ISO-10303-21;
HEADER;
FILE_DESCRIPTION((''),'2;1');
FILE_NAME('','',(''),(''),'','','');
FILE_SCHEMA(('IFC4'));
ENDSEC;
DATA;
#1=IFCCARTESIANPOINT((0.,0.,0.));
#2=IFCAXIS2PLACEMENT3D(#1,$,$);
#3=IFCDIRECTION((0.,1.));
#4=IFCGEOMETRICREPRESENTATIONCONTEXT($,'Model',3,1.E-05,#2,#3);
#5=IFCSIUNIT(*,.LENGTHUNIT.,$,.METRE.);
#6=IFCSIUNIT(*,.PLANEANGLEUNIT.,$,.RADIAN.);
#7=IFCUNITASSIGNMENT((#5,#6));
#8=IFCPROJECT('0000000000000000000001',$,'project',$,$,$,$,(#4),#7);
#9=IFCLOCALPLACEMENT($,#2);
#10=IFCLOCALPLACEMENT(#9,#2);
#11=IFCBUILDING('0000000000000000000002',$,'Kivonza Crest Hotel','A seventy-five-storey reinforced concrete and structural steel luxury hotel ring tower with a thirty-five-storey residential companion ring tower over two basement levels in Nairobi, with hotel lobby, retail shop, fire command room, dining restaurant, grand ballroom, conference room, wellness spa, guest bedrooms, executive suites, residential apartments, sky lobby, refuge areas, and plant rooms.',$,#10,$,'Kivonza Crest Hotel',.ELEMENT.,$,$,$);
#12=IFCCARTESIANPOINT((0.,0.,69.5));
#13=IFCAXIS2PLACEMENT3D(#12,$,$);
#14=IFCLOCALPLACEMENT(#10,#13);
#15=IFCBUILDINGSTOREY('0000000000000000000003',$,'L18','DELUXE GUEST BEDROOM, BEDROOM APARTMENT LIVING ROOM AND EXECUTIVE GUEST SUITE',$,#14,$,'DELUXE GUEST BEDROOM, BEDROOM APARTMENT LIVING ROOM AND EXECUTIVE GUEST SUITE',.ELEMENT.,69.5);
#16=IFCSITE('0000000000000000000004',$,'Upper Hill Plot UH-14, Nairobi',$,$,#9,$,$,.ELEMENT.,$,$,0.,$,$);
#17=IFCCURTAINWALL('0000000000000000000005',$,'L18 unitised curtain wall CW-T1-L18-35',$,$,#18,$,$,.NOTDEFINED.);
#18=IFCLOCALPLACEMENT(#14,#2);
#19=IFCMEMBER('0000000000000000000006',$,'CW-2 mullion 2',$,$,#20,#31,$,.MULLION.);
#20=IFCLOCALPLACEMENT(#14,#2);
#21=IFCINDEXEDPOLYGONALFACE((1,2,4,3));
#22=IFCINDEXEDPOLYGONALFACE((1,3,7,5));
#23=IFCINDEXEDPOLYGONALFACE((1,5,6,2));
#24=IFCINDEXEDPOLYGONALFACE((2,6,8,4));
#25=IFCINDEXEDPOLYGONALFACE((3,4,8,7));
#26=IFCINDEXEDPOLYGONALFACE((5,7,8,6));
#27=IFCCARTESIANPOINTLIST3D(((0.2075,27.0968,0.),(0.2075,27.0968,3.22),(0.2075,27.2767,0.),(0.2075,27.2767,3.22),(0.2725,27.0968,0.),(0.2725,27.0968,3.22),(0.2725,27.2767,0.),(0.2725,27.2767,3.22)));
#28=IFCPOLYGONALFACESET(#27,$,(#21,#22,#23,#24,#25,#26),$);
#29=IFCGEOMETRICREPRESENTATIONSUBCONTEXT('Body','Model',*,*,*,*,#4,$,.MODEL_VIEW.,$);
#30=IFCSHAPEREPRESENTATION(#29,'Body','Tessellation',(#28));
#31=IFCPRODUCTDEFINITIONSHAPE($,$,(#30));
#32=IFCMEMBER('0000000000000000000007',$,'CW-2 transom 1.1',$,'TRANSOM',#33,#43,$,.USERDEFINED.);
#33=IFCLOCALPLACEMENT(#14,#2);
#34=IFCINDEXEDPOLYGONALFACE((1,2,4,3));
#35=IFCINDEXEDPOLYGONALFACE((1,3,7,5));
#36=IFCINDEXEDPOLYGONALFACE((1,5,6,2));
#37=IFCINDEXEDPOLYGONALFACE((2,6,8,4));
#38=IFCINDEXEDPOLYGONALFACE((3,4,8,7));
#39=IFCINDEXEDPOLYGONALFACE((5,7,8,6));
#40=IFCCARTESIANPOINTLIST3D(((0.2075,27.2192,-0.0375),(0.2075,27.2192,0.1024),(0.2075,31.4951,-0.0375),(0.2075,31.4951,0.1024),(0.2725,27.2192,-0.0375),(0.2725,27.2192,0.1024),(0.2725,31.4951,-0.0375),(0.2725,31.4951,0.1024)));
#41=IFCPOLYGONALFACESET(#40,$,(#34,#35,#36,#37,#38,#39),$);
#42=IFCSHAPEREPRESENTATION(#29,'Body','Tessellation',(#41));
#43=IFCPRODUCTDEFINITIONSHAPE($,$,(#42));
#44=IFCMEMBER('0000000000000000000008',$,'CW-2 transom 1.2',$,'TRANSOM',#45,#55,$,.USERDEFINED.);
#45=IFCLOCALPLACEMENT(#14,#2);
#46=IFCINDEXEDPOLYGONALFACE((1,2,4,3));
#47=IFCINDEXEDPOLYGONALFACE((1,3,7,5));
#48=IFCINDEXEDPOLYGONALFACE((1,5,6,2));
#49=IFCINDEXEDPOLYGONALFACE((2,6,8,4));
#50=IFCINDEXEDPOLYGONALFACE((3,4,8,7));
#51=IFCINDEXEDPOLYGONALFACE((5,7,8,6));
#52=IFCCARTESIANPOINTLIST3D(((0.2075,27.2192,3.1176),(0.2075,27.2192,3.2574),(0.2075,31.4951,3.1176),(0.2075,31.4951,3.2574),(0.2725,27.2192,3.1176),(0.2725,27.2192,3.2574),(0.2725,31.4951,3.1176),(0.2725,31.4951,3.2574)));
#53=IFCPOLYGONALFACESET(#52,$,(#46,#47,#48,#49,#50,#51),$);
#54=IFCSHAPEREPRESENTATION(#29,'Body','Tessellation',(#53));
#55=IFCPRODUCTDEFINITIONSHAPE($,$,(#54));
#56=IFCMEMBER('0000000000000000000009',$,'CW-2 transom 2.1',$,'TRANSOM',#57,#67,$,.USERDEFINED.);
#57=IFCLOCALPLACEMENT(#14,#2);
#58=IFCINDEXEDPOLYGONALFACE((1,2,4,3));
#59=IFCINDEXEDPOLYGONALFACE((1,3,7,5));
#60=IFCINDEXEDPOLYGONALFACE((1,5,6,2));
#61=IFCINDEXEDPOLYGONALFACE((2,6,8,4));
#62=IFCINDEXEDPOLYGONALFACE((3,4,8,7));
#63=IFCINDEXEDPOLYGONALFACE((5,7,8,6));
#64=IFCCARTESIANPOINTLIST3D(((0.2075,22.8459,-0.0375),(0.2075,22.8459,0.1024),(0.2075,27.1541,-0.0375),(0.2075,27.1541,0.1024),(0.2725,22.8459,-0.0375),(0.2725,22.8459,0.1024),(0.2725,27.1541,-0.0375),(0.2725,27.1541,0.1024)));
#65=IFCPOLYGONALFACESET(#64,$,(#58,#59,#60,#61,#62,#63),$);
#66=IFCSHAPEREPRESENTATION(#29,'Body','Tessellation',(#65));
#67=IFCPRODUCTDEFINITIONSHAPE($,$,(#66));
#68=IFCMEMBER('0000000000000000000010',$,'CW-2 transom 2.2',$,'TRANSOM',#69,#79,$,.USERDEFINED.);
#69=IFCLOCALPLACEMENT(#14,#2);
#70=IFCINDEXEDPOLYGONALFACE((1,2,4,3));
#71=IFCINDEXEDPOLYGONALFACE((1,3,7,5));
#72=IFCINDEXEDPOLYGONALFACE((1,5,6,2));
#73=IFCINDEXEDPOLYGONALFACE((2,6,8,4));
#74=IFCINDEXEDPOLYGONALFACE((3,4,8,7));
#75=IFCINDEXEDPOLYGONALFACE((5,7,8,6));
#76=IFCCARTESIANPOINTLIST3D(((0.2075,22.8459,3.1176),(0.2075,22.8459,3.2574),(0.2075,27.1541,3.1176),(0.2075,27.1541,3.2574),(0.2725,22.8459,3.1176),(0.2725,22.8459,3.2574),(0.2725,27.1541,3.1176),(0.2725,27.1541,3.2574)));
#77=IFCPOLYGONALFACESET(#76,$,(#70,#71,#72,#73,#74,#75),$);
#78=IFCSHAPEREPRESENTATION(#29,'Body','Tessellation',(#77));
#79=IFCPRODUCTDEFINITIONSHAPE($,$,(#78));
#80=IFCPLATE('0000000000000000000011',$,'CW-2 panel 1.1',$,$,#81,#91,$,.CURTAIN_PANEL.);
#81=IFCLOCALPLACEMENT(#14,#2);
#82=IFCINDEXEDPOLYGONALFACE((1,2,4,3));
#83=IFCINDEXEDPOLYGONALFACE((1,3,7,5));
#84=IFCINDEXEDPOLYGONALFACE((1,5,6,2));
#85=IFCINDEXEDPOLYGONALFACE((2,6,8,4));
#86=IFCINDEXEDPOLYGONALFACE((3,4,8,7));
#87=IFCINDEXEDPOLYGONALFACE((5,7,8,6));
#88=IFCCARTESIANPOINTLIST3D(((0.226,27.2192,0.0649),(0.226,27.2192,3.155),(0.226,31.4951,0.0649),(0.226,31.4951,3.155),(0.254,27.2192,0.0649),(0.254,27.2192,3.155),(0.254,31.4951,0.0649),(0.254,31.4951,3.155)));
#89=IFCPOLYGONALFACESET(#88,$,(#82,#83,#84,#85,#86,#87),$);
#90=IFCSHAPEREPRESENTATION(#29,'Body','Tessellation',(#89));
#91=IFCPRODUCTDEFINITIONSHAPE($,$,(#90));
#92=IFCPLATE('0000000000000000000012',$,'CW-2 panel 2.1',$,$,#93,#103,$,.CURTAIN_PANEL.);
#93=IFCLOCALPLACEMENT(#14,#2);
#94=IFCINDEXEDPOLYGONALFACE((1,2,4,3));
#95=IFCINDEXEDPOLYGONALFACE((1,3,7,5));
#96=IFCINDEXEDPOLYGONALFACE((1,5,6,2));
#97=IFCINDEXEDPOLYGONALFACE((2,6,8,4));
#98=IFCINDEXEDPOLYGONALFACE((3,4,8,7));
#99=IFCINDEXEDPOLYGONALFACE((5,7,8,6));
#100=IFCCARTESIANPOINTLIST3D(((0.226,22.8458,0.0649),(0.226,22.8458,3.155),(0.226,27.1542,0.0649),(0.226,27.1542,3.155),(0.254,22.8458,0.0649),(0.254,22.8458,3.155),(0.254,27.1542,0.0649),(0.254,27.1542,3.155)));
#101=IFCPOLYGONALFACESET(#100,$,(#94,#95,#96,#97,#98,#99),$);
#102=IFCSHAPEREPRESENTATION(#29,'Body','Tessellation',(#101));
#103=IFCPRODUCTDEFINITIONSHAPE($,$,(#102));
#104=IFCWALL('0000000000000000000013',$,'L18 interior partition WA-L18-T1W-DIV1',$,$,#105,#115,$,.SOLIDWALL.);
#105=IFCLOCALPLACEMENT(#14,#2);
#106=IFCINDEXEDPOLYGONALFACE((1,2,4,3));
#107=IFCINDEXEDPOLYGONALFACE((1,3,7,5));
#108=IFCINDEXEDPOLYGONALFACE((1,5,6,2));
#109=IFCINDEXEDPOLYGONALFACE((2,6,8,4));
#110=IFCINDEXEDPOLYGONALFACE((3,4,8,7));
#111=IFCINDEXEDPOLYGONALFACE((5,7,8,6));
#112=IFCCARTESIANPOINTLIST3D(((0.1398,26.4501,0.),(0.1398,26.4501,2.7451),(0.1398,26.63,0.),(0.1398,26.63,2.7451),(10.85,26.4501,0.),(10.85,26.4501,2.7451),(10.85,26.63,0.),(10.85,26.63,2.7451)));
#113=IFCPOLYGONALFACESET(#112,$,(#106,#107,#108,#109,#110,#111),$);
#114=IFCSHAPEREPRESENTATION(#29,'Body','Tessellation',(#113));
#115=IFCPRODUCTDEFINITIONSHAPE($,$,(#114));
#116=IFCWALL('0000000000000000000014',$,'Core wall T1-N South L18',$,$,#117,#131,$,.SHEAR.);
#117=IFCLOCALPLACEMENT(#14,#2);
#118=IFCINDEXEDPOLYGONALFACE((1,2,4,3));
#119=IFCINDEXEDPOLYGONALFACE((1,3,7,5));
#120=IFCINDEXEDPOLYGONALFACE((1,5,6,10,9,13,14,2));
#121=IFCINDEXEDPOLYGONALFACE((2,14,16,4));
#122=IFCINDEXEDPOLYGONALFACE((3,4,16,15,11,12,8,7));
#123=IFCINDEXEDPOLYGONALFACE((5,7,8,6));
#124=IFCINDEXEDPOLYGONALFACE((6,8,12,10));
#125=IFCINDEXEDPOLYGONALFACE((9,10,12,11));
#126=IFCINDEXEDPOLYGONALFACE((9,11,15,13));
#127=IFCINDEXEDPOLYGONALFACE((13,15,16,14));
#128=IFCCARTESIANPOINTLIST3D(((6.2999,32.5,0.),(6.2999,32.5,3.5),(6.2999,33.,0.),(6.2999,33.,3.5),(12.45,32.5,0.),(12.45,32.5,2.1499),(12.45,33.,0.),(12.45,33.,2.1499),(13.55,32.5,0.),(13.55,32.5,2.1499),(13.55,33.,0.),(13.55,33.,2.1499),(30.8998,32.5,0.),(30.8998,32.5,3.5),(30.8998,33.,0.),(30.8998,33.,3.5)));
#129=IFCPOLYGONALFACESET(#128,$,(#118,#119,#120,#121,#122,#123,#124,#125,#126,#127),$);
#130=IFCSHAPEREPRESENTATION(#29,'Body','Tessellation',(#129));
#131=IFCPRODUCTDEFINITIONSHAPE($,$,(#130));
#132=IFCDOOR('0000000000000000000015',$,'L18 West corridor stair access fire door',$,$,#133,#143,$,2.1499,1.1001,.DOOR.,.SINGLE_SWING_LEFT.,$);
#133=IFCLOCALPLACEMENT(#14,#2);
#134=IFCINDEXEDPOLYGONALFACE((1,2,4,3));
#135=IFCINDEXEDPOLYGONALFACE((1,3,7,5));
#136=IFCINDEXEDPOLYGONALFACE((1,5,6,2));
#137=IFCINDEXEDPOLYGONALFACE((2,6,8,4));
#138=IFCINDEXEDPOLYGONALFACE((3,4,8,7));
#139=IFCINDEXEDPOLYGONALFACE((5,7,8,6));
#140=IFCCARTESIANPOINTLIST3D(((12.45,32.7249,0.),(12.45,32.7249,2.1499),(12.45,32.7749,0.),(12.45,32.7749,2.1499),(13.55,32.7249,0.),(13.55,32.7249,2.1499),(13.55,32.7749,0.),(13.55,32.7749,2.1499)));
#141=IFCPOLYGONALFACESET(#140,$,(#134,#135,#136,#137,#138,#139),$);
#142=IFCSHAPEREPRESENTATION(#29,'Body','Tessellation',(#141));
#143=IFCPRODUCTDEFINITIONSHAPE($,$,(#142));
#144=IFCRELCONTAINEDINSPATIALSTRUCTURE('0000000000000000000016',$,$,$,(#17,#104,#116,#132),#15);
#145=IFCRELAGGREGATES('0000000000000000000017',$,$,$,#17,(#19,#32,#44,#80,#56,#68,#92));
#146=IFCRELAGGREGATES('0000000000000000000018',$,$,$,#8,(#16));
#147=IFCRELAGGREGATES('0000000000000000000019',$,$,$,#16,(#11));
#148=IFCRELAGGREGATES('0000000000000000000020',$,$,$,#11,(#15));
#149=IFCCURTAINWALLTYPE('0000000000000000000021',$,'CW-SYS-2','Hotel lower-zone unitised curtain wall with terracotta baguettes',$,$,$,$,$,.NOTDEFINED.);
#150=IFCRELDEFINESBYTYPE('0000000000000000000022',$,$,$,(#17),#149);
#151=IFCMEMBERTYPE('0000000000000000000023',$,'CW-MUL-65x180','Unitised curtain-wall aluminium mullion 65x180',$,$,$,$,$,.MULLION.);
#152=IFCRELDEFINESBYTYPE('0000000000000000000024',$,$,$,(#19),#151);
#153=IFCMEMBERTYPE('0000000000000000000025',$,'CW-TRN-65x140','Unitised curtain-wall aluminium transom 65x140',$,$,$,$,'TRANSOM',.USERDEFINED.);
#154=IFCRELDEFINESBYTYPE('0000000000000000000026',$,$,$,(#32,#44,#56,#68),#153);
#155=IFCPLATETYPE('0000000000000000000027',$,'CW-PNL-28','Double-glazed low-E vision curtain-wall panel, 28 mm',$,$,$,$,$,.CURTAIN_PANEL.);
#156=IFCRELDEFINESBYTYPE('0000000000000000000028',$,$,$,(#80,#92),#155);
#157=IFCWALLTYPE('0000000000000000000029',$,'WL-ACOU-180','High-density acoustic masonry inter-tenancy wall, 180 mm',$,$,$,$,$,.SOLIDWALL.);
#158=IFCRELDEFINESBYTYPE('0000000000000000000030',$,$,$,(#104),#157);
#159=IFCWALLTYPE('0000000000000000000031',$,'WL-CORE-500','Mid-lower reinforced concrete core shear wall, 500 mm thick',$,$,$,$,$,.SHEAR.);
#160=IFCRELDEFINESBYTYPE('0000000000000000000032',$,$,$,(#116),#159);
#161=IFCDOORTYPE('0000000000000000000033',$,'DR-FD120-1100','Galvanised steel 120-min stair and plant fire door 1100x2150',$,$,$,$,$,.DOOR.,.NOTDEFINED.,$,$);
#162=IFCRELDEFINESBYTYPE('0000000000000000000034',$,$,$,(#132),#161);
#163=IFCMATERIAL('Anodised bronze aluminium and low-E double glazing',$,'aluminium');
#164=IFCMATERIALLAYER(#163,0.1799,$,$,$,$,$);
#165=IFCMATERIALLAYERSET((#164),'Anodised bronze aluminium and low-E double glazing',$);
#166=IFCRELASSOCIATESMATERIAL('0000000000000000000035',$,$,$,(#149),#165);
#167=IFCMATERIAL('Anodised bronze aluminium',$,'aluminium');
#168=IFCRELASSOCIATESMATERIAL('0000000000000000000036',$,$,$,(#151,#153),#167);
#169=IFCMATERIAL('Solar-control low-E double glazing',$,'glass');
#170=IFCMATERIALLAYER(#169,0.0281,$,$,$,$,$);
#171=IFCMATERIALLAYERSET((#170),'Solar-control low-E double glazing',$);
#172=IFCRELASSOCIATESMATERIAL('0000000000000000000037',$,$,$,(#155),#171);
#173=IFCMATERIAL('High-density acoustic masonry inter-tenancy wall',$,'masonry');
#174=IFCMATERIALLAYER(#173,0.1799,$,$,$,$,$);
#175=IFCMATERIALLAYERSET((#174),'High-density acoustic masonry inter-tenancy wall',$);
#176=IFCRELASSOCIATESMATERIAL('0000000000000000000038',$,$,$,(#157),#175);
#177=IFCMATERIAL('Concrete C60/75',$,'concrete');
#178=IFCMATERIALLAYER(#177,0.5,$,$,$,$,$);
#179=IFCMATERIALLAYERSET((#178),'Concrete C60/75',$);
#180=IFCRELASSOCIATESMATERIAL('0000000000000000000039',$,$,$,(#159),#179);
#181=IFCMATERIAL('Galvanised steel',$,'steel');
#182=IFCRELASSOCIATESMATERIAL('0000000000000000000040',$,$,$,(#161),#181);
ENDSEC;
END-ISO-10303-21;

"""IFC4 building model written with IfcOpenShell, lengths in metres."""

from ifc_helpers import new_model, si_unit, direction, frame, frame_2d, origin, origin_2d, place, context, subcontext, project, spatial, rectangle, extrude, material, layer, layer_set, material_profile, profile_set, type_object, element, fill, aggregate, save


model = new_model("IFC4")

# Units and contexts
model_context = context("Model", 3, precision=1e-05, world=origin(), true_north=direction((0.0, 1.0)))
body_context = subcontext(model_context, "Body", "Model", "MODEL_VIEW")
ifc_project = project(units=[si_unit("LENGTHUNIT", "METRE"), si_unit("PLANEANGLEUNIT", "RADIAN")], contexts=[model_context])

# Site, building, storey
site_placement = place(None, origin())
site = spatial("IfcSite", under=ifc_project, at=site_placement, Name="Upper Hill Plot UH-14, Nairobi", CompositionType="ELEMENT", RefElevation=0.0)
building_placement = place(site_placement, origin())
building = spatial("IfcBuilding", under=site, at=building_placement, Name="Kivonza Crest Hotel", Description="A seventy-five-storey reinforced concrete and structural steel luxury hotel ring tower with a thirty-five-storey residential companion ring tower over two basement levels in Nairobi, with hotel lobby, retail shop, fire command room, dining restaurant, grand ballroom, conference room, wellness spa, guest bedrooms, executive suites, residential apartments, sky lobby, refuge areas, and plant rooms.", LongName="Kivonza Crest Hotel", CompositionType="ELEMENT")
storey_placement = place(building_placement, frame((0.0, 0.0, 69.5)))
storey = spatial("IfcBuildingStorey", under=building, at=storey_placement, Name="L18", Description="DELUXE GUEST BEDROOM, BEDROOM APARTMENT LIVING ROOM AND EXECUTIVE GUEST SUITE", LongName="DELUXE GUEST BEDROOM, BEDROOM APARTMENT LIVING ROOM AND EXECUTIVE GUEST SUITE", CompositionType="ELEMENT", Elevation=69.5)

# Shared definitions
ifc_material_1 = material(Name="Concrete C60/75", Category="concrete")

# Curtain wall, members, plates
ifc_material_2 = material(Name="Anodised bronze aluminium and low-E double glazing", Category="aluminium")
ifc_layer_1 = layer(ifc_material_2, 0.1799)
ifc_layer_set_1 = layer_set([ifc_layer_1], Name="Anodised bronze aluminium and low-E double glazing")
curtain_wall_type = type_object("IfcCurtainWallType", Name="CW-SYS-2", Description="Hotel lower-zone unitised curtain wall with terracotta baguettes", PredefinedType="NOTDEFINED", material=ifc_layer_set_1)
curtain_wall_placement = place(storey_placement, origin())
curtain_wall = element("IfcCurtainWall", 1, at=curtain_wall_placement, inside=storey, type_object=curtain_wall_type, Name="L18 unitised curtain wall CW-T1-L18-35", PredefinedType="NOTDEFINED")
ifc_material_3 = material(Name="Anodised bronze aluminium", Category="aluminium")
ifc_material_profile_1 = material_profile(ifc_material_3, rectangle(XDim=0.0649, YDim=0.1799, at=origin_2d()), Name="CW-M 65x180")
ifc_profile_set_1 = profile_set([ifc_material_profile_1], Name="Anodised bronze aluminium")
member_type_1 = type_object("IfcMemberType", Name="CW-MUL-65x180", Description="Unitised curtain-wall aluminium mullion 65x180", PredefinedType="MULLION", material=ifc_profile_set_1)
member_1_placement = place(storey_placement, frame((0.24, 27.1868, 0.0), z_axis=(0.0, 0.0, 1.0), x_axis=(1.0, 0.0, 0.0)))
member_1 = element("IfcMember", 2, at=member_1_placement, type_object=member_type_1, Name="CW-2 mullion 2", PredefinedType="MULLION", context=body_context, shape_type="SweptSolid", body=[
    extrude(rectangle(XDim=0.0649, YDim=0.1799, at=origin_2d()), origin(), (0.0, 0.0, 1.0), 3.22),
])
ifc_material_profile_2 = material_profile(ifc_material_3, rectangle(XDim=0.0649, YDim=0.1399, at=origin_2d()), Name="CW-T 65x140")
ifc_profile_set_2 = profile_set([ifc_material_profile_2], Name="Anodised bronze aluminium")
member_type_2 = type_object("IfcMemberType", Name="CW-TRN-65x140", Description="Unitised curtain-wall aluminium transom 65x140", ElementType="TRANSOM", PredefinedType="USERDEFINED", material=ifc_profile_set_2)
member_2_placement = place(storey_placement, frame((0.24, 31.4951, 0.0325), z_axis=(0.0, -1.0, 0.0), x_axis=(1.0, 0.0, 0.0)))
member_2 = element("IfcMember", 3, at=member_2_placement, type_object=member_type_2, Name="CW-2 transom 1.1", ObjectType="TRANSOM", PredefinedType="USERDEFINED", context=body_context, shape_type="SweptSolid", body=[
    extrude(rectangle(XDim=0.0649, YDim=0.1399, at=origin_2d()), origin(), (0.0, 0.0, 1.0), 4.2759),
])
member_3_placement = place(storey_placement, frame((0.24, 31.4951, 3.1875), z_axis=(0.0, -1.0, 0.0), x_axis=(1.0, 0.0, 0.0)))
member_3 = element("IfcMember", 4, at=member_3_placement, type_object=member_type_2, Name="CW-2 transom 1.2", ObjectType="TRANSOM", PredefinedType="USERDEFINED", context=body_context, shape_type="SweptSolid", body=[
    extrude(rectangle(XDim=0.0649, YDim=0.1399, at=origin_2d()), origin(), (0.0, 0.0, 1.0), 4.2759),
])
member_4_placement = place(storey_placement, frame((0.24, 27.1541, 0.0325), z_axis=(0.0, -1.0, 0.0), x_axis=(1.0, 0.0, 0.0)))
member_4 = element("IfcMember", 5, at=member_4_placement, type_object=member_type_2, Name="CW-2 transom 2.1", ObjectType="TRANSOM", PredefinedType="USERDEFINED", context=body_context, shape_type="SweptSolid", body=[
    extrude(rectangle(XDim=0.0649, YDim=0.1399, at=origin_2d()), origin(), (0.0, 0.0, 1.0), 4.3081),
])
member_5_placement = place(storey_placement, frame((0.24, 27.1541, 3.1875), z_axis=(0.0, -1.0, 0.0), x_axis=(1.0, 0.0, 0.0)))
member_5 = element("IfcMember", 6, at=member_5_placement, type_object=member_type_2, Name="CW-2 transom 2.2", ObjectType="TRANSOM", PredefinedType="USERDEFINED", context=body_context, shape_type="SweptSolid", body=[
    extrude(rectangle(XDim=0.0649, YDim=0.1399, at=origin_2d()), origin(), (0.0, 0.0, 1.0), 4.3081),
])
ifc_material_4 = material(Name="Solar-control low-E double glazing", Category="glass")
ifc_layer_2 = layer(ifc_material_4, 0.0281)
ifc_layer_set_2 = layer_set([ifc_layer_2], Name="Solar-control low-E double glazing")
plate_type = type_object("IfcPlateType", Name="CW-PNL-28", Description="Double-glazed low-E vision curtain-wall panel, 28 mm", PredefinedType="CURTAIN_PANEL", material=ifc_layer_set_2)
plate_1_placement = place(storey_placement, frame((0.24, 29.3572, 0.0649), z_axis=(0.0, 0.0, 1.0), x_axis=(0.0, -1.0, 0.0)))
plate_1 = element("IfcPlate", 7, at=plate_1_placement, type_object=plate_type, Name="CW-2 panel 1.1", PredefinedType="CURTAIN_PANEL", context=body_context, shape_type="SweptSolid", body=[
    extrude(rectangle(XDim=4.2759, YDim=0.0281, at=origin_2d()), origin(), (0.0, 0.0, 1.0), 3.0901),
])
plate_2_placement = place(storey_placement, frame((0.24, 25.0, 0.0649), z_axis=(0.0, 0.0, 1.0), x_axis=(0.0, -1.0, 0.0)))
plate_2 = element("IfcPlate", 8, at=plate_2_placement, type_object=plate_type, Name="CW-2 panel 2.1", PredefinedType="CURTAIN_PANEL", context=body_context, shape_type="SweptSolid", body=[
    extrude(rectangle(XDim=4.3083, YDim=0.0281, at=origin_2d()), origin(), (0.0, 0.0, 1.0), 3.0901),
])
aggregate(curtain_wall, [member_1, member_2, member_3, plate_1, member_4, member_5, plate_2])

# Wall
ifc_material_5 = material(Name="High-density acoustic masonry inter-tenancy wall", Category="masonry")
ifc_layer_3 = layer(ifc_material_5, 0.1799)
ifc_layer_set_3 = layer_set([ifc_layer_3], Name="High-density acoustic masonry inter-tenancy wall")
wall_type_1 = type_object("IfcWallType", Name="WL-ACOU-180", Description="High-density acoustic masonry inter-tenancy wall, 180 mm", PredefinedType="SOLIDWALL", material=ifc_layer_set_3)
wall_1_placement = place(storey_placement, frame((0.1399, 26.54, 0.0), z_axis=(0.0, 0.0, 1.0), x_axis=(1.0, 0.0, 0.0)))
element("IfcWall", 9, at=wall_1_placement, inside=storey, type_object=wall_type_1, Name="L18 interior partition WA-L18-T1W-DIV1", PredefinedType="SOLIDWALL", context=body_context, shape_type="SweptSolid", body=[
    extrude(rectangle(XDim=10.7102, YDim=0.1799, at=frame_2d((5.355, 0.0))), origin(), (0.0, 0.0, 1.0), 2.7451),
])

# Wall, opening, door
ifc_layer_4 = layer(ifc_material_1, 0.5)
ifc_layer_set_4 = layer_set([ifc_layer_4], Name="Concrete C60/75")
wall_type_2 = type_object("IfcWallType", Name="WL-CORE-500", Description="Mid-lower reinforced concrete core shear wall, 500 mm thick", PredefinedType="SHEAR", material=ifc_layer_set_4)
wall_2_placement = place(storey_placement, frame((6.3, 32.75, 0.0), z_axis=(0.0, 0.0, 1.0), x_axis=(1.0, 0.0, 0.0)))
wall_2 = element("IfcWall", 10, at=wall_2_placement, inside=storey, type_object=wall_type_2, Name="Core wall T1-N South L18", PredefinedType="SHEAR", context=body_context, shape_type="SweptSolid", body=[
    extrude(rectangle(XDim=24.5999, YDim=0.5, at=frame_2d((12.2998, 0.0))), origin(), (0.0, 0.0, 1.0), 3.5),
])
opening_placement = place(wall_2_placement, frame((6.1499, 0.0, 0.0)))
opening = element("IfcOpeningElement", 11, at=opening_placement, cuts=wall_2, PredefinedType="OPENING", context=body_context, shape_type="SweptSolid", body=[
    extrude(rectangle(XDim=1.1001, YDim=2.1499, at=frame_2d((0.55, 1.075))), frame((0.0, 0.26, 0.0), z_axis=(0.0, -1.0, 0.0), x_axis=(1.0, 0.0, 0.0)), (0.0, 0.0, 1.0), 0.52),
])
ifc_material_6 = material(Name="Galvanised steel", Category="steel")
door_type = type_object("IfcDoorType", Name="DR-FD120-1100", Description="Galvanised steel 120-min stair and plant fire door 1100x2150", OperationType="NOTDEFINED", PredefinedType="DOOR", material=ifc_material_6)
door_placement = place(opening_placement, origin())
door = element("IfcDoor", 12, at=door_placement, inside=storey, type_object=door_type, Name="L18 West corridor stair access fire door", OperationType="SINGLE_SWING_LEFT", OverallHeight=2.1499, OverallWidth=1.1001, PredefinedType="DOOR", context=body_context, shape_type="SweptSolid", body=[
    extrude(rectangle(XDim=1.1001, YDim=2.1499, at=frame_2d((0.55, 1.075))), frame((0.0, 0.0249, 0.0), z_axis=(0.0, -1.0, 0.0), x_axis=(1.0, 0.0, 0.0)), (0.0, 0.0, 1.0), 0.05),
])
fill(opening, door)

save(model, "model.ifc")
